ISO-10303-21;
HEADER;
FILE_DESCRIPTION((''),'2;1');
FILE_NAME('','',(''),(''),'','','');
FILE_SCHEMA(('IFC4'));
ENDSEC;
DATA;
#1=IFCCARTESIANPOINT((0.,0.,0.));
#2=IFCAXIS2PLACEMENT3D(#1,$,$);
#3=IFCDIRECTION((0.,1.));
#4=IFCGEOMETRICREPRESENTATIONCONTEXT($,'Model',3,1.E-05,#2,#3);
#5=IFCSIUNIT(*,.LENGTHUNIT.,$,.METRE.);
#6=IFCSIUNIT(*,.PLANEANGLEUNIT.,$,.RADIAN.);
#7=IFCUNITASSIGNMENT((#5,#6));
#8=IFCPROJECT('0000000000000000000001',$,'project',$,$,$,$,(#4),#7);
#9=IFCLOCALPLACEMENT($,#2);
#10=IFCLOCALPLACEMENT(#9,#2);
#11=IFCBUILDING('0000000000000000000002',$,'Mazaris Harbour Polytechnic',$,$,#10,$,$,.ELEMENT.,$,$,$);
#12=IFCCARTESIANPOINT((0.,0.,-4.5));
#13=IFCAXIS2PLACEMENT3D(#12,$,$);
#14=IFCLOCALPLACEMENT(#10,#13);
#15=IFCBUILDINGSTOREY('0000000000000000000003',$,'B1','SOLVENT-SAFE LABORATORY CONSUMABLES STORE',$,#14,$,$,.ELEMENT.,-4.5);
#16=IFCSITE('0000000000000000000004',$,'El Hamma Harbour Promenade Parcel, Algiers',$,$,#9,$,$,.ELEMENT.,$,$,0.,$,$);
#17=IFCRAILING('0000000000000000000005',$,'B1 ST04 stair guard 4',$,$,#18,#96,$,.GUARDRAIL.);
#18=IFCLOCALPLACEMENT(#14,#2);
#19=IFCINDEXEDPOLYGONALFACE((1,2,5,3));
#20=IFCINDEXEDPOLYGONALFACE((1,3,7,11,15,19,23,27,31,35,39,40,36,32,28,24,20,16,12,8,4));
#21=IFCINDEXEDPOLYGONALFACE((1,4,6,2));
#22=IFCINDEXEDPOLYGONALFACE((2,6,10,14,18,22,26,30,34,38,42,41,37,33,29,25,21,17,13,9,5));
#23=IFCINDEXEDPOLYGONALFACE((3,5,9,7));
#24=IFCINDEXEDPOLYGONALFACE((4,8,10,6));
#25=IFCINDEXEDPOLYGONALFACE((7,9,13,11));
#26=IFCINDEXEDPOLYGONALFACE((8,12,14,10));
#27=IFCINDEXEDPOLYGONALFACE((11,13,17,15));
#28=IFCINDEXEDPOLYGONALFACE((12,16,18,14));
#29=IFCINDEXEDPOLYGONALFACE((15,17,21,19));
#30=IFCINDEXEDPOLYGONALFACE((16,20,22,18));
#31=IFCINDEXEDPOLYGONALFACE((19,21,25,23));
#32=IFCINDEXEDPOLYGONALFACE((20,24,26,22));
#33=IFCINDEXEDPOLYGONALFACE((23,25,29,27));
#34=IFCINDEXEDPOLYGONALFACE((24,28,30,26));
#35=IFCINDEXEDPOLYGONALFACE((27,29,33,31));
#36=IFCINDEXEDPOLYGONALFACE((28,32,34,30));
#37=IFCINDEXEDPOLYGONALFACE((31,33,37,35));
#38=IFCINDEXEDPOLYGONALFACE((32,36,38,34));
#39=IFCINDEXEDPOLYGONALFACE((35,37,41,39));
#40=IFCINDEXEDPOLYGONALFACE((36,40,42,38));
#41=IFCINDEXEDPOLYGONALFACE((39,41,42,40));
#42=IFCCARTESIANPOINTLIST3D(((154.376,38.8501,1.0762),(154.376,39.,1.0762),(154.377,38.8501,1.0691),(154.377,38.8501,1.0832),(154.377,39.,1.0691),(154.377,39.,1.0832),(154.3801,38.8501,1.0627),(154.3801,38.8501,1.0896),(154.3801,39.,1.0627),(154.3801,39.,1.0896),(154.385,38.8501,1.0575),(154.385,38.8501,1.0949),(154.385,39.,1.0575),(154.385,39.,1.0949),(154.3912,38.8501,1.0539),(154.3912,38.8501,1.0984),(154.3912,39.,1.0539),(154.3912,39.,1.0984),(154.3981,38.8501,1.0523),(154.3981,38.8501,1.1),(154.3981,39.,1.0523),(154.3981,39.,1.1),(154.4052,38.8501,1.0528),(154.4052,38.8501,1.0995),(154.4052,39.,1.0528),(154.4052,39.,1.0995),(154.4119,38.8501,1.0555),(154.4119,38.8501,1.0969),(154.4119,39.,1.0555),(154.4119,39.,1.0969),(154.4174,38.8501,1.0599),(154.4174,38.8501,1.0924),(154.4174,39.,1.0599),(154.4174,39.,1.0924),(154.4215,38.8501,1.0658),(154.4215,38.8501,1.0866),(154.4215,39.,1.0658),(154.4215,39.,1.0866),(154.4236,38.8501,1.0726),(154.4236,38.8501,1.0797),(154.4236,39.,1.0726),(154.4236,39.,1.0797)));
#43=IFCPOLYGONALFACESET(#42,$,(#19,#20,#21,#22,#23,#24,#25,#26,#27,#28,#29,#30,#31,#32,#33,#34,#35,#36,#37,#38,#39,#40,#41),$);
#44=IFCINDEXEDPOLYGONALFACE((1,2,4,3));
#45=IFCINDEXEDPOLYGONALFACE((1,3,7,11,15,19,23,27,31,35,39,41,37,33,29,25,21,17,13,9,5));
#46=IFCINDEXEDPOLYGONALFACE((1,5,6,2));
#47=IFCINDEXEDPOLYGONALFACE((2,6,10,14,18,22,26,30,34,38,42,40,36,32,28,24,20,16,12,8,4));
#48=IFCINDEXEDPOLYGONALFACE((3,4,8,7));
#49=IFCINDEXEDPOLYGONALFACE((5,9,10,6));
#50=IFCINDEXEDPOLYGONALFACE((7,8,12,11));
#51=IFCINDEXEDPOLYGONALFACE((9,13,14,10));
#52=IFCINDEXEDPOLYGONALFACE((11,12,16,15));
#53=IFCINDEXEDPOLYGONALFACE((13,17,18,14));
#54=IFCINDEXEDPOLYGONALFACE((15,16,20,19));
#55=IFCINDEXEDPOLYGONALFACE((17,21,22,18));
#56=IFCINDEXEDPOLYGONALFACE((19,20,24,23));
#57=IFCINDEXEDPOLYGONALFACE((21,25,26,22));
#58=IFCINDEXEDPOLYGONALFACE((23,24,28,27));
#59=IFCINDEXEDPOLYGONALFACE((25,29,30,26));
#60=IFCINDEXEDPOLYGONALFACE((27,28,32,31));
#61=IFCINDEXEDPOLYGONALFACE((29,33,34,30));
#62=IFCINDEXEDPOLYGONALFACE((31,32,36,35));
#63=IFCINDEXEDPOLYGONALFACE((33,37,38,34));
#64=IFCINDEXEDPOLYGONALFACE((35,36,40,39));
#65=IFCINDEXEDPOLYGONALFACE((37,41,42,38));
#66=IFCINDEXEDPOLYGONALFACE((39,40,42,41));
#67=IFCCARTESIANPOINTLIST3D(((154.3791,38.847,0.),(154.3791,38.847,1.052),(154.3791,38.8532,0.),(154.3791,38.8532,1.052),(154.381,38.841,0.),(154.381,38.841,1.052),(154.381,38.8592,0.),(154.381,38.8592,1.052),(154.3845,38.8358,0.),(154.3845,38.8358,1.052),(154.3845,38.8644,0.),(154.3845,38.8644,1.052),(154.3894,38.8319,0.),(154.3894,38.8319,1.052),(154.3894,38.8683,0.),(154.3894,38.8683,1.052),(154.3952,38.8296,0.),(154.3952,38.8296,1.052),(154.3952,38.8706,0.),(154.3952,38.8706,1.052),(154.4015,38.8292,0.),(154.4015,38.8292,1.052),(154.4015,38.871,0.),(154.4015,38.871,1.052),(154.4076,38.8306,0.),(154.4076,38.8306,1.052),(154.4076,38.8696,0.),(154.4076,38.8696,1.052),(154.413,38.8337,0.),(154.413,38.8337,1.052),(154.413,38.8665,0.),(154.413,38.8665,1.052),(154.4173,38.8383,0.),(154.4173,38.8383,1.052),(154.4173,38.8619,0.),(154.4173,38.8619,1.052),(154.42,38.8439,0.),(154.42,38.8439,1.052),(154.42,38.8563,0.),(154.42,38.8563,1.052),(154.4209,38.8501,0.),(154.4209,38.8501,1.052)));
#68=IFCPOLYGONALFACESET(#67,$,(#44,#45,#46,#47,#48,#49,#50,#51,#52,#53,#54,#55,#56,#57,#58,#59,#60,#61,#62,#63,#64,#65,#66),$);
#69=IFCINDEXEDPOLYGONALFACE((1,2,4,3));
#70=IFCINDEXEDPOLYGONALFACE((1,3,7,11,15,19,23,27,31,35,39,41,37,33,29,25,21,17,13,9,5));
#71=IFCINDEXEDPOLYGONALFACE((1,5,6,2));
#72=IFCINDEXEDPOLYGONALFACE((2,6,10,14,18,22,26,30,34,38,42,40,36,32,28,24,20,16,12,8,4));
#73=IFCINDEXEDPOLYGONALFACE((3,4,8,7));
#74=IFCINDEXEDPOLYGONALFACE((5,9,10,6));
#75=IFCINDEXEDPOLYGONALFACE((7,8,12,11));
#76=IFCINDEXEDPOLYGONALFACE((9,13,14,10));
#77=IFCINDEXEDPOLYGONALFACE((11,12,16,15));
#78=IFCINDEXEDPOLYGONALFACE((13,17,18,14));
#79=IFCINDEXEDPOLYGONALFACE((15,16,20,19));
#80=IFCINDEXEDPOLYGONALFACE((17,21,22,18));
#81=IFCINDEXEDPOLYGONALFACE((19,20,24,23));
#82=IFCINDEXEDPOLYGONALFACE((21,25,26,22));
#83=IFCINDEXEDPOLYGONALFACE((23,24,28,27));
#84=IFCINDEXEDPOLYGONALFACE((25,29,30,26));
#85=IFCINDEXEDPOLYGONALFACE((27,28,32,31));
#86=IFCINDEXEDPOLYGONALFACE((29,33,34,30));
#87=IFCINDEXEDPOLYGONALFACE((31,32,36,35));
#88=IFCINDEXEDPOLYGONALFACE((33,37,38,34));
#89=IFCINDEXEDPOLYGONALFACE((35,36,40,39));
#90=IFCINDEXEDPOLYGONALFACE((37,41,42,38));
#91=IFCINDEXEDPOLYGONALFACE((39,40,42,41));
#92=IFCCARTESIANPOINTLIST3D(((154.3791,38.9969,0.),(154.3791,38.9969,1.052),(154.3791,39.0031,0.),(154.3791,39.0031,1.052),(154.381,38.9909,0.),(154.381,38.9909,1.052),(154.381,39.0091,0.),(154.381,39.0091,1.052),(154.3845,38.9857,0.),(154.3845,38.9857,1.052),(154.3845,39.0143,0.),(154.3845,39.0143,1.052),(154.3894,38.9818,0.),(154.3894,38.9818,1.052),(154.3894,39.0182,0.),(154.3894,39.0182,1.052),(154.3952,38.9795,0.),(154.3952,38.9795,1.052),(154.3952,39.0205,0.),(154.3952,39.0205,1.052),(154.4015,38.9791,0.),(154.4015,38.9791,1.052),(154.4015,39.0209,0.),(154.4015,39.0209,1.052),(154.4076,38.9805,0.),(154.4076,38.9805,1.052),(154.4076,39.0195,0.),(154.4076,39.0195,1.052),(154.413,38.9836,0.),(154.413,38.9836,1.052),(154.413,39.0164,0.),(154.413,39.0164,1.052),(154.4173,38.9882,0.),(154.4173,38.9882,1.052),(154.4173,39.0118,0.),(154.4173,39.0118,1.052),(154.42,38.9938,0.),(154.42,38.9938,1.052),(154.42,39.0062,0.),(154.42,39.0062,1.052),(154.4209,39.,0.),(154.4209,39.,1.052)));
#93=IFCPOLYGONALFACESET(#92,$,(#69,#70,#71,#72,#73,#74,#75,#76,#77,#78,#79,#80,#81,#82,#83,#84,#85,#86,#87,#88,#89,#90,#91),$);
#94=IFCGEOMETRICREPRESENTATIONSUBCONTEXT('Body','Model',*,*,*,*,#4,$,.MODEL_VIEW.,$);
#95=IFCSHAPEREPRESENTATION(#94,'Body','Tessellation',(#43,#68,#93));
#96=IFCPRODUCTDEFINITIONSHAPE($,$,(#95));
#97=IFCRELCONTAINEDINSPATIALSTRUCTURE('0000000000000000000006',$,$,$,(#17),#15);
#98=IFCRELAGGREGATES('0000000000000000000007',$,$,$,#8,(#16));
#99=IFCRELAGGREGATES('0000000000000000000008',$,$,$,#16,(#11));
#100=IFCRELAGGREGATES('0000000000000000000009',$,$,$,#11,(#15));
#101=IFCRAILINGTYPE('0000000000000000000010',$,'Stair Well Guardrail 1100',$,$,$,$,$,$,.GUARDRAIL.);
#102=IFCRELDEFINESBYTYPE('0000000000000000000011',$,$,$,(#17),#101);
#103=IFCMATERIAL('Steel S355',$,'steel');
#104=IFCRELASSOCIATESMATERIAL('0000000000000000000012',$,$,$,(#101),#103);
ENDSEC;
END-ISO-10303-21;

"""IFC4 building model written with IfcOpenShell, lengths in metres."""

from ifc_helpers import new_model, si_unit, direction, frame, origin, origin_2d, place, context, subcontext, project, spatial, circle, extrude, material, type_object, element, save


model = new_model("IFC4")

# Units and contexts
model_context = context("Model", 3, precision=1e-05, world=origin(), true_north=direction((0.0, 1.0)))
body_context = subcontext(model_context, "Body", "Model", "MODEL_VIEW")
ifc_project = project(units=[si_unit("LENGTHUNIT", "METRE"), si_unit("PLANEANGLEUNIT", "RADIAN")], contexts=[model_context])

# Site, building, storey
site_placement = place(None, origin())
site = spatial("IfcSite", under=ifc_project, at=site_placement, Name="El Hamma Harbour Promenade Parcel, Algiers", CompositionType="ELEMENT", RefElevation=0.0)
building_placement = place(site_placement, origin())
building = spatial("IfcBuilding", under=site, at=building_placement, Name="Mazaris Harbour Polytechnic", CompositionType="ELEMENT")
storey_placement = place(building_placement, frame((0.0, 0.0, -4.5)))
storey = spatial("IfcBuildingStorey", under=building, at=storey_placement, Name="B1", Description="SOLVENT-SAFE LABORATORY CONSUMABLES STORE", CompositionType="ELEMENT", Elevation=-4.5)

# Railing
ifc_material_1 = material(Name="Steel S355", Category="steel")
railing_type_1 = type_object("IfcRailingType", Name="Stair Well Guardrail 1100", PredefinedType="GUARDRAIL", material=ifc_material_1)
railing_1_placement = place(storey_placement, frame((154.3999, 38.8501, 0.0)))
element("IfcRailing", 1, at=railing_1_placement, inside=storey, type_object=railing_type_1, Name="B1 ST04 stair guard 4", PredefinedType="GUARDRAIL", context=body_context, shape_type="SweptSolid", body=[
    extrude(circle(Radius=0.0239, at=origin_2d()), frame((0.0, 0.0, 1.0762), z_axis=(0.0, 1.0, 0.0), x_axis=(-1.0, 0.0, 0.0)), (0.0, 0.0, 1.0), 0.1499),
    extrude(circle(Radius=0.021, at=origin_2d()), origin(), (0.0, 0.0, 1.0), 1.052),
    extrude(circle(Radius=0.021, at=origin_2d()), frame((0.0, 0.1499, 0.0)), (0.0, 0.0, 1.0), 1.052),
])

save(model, "model.ifc")
